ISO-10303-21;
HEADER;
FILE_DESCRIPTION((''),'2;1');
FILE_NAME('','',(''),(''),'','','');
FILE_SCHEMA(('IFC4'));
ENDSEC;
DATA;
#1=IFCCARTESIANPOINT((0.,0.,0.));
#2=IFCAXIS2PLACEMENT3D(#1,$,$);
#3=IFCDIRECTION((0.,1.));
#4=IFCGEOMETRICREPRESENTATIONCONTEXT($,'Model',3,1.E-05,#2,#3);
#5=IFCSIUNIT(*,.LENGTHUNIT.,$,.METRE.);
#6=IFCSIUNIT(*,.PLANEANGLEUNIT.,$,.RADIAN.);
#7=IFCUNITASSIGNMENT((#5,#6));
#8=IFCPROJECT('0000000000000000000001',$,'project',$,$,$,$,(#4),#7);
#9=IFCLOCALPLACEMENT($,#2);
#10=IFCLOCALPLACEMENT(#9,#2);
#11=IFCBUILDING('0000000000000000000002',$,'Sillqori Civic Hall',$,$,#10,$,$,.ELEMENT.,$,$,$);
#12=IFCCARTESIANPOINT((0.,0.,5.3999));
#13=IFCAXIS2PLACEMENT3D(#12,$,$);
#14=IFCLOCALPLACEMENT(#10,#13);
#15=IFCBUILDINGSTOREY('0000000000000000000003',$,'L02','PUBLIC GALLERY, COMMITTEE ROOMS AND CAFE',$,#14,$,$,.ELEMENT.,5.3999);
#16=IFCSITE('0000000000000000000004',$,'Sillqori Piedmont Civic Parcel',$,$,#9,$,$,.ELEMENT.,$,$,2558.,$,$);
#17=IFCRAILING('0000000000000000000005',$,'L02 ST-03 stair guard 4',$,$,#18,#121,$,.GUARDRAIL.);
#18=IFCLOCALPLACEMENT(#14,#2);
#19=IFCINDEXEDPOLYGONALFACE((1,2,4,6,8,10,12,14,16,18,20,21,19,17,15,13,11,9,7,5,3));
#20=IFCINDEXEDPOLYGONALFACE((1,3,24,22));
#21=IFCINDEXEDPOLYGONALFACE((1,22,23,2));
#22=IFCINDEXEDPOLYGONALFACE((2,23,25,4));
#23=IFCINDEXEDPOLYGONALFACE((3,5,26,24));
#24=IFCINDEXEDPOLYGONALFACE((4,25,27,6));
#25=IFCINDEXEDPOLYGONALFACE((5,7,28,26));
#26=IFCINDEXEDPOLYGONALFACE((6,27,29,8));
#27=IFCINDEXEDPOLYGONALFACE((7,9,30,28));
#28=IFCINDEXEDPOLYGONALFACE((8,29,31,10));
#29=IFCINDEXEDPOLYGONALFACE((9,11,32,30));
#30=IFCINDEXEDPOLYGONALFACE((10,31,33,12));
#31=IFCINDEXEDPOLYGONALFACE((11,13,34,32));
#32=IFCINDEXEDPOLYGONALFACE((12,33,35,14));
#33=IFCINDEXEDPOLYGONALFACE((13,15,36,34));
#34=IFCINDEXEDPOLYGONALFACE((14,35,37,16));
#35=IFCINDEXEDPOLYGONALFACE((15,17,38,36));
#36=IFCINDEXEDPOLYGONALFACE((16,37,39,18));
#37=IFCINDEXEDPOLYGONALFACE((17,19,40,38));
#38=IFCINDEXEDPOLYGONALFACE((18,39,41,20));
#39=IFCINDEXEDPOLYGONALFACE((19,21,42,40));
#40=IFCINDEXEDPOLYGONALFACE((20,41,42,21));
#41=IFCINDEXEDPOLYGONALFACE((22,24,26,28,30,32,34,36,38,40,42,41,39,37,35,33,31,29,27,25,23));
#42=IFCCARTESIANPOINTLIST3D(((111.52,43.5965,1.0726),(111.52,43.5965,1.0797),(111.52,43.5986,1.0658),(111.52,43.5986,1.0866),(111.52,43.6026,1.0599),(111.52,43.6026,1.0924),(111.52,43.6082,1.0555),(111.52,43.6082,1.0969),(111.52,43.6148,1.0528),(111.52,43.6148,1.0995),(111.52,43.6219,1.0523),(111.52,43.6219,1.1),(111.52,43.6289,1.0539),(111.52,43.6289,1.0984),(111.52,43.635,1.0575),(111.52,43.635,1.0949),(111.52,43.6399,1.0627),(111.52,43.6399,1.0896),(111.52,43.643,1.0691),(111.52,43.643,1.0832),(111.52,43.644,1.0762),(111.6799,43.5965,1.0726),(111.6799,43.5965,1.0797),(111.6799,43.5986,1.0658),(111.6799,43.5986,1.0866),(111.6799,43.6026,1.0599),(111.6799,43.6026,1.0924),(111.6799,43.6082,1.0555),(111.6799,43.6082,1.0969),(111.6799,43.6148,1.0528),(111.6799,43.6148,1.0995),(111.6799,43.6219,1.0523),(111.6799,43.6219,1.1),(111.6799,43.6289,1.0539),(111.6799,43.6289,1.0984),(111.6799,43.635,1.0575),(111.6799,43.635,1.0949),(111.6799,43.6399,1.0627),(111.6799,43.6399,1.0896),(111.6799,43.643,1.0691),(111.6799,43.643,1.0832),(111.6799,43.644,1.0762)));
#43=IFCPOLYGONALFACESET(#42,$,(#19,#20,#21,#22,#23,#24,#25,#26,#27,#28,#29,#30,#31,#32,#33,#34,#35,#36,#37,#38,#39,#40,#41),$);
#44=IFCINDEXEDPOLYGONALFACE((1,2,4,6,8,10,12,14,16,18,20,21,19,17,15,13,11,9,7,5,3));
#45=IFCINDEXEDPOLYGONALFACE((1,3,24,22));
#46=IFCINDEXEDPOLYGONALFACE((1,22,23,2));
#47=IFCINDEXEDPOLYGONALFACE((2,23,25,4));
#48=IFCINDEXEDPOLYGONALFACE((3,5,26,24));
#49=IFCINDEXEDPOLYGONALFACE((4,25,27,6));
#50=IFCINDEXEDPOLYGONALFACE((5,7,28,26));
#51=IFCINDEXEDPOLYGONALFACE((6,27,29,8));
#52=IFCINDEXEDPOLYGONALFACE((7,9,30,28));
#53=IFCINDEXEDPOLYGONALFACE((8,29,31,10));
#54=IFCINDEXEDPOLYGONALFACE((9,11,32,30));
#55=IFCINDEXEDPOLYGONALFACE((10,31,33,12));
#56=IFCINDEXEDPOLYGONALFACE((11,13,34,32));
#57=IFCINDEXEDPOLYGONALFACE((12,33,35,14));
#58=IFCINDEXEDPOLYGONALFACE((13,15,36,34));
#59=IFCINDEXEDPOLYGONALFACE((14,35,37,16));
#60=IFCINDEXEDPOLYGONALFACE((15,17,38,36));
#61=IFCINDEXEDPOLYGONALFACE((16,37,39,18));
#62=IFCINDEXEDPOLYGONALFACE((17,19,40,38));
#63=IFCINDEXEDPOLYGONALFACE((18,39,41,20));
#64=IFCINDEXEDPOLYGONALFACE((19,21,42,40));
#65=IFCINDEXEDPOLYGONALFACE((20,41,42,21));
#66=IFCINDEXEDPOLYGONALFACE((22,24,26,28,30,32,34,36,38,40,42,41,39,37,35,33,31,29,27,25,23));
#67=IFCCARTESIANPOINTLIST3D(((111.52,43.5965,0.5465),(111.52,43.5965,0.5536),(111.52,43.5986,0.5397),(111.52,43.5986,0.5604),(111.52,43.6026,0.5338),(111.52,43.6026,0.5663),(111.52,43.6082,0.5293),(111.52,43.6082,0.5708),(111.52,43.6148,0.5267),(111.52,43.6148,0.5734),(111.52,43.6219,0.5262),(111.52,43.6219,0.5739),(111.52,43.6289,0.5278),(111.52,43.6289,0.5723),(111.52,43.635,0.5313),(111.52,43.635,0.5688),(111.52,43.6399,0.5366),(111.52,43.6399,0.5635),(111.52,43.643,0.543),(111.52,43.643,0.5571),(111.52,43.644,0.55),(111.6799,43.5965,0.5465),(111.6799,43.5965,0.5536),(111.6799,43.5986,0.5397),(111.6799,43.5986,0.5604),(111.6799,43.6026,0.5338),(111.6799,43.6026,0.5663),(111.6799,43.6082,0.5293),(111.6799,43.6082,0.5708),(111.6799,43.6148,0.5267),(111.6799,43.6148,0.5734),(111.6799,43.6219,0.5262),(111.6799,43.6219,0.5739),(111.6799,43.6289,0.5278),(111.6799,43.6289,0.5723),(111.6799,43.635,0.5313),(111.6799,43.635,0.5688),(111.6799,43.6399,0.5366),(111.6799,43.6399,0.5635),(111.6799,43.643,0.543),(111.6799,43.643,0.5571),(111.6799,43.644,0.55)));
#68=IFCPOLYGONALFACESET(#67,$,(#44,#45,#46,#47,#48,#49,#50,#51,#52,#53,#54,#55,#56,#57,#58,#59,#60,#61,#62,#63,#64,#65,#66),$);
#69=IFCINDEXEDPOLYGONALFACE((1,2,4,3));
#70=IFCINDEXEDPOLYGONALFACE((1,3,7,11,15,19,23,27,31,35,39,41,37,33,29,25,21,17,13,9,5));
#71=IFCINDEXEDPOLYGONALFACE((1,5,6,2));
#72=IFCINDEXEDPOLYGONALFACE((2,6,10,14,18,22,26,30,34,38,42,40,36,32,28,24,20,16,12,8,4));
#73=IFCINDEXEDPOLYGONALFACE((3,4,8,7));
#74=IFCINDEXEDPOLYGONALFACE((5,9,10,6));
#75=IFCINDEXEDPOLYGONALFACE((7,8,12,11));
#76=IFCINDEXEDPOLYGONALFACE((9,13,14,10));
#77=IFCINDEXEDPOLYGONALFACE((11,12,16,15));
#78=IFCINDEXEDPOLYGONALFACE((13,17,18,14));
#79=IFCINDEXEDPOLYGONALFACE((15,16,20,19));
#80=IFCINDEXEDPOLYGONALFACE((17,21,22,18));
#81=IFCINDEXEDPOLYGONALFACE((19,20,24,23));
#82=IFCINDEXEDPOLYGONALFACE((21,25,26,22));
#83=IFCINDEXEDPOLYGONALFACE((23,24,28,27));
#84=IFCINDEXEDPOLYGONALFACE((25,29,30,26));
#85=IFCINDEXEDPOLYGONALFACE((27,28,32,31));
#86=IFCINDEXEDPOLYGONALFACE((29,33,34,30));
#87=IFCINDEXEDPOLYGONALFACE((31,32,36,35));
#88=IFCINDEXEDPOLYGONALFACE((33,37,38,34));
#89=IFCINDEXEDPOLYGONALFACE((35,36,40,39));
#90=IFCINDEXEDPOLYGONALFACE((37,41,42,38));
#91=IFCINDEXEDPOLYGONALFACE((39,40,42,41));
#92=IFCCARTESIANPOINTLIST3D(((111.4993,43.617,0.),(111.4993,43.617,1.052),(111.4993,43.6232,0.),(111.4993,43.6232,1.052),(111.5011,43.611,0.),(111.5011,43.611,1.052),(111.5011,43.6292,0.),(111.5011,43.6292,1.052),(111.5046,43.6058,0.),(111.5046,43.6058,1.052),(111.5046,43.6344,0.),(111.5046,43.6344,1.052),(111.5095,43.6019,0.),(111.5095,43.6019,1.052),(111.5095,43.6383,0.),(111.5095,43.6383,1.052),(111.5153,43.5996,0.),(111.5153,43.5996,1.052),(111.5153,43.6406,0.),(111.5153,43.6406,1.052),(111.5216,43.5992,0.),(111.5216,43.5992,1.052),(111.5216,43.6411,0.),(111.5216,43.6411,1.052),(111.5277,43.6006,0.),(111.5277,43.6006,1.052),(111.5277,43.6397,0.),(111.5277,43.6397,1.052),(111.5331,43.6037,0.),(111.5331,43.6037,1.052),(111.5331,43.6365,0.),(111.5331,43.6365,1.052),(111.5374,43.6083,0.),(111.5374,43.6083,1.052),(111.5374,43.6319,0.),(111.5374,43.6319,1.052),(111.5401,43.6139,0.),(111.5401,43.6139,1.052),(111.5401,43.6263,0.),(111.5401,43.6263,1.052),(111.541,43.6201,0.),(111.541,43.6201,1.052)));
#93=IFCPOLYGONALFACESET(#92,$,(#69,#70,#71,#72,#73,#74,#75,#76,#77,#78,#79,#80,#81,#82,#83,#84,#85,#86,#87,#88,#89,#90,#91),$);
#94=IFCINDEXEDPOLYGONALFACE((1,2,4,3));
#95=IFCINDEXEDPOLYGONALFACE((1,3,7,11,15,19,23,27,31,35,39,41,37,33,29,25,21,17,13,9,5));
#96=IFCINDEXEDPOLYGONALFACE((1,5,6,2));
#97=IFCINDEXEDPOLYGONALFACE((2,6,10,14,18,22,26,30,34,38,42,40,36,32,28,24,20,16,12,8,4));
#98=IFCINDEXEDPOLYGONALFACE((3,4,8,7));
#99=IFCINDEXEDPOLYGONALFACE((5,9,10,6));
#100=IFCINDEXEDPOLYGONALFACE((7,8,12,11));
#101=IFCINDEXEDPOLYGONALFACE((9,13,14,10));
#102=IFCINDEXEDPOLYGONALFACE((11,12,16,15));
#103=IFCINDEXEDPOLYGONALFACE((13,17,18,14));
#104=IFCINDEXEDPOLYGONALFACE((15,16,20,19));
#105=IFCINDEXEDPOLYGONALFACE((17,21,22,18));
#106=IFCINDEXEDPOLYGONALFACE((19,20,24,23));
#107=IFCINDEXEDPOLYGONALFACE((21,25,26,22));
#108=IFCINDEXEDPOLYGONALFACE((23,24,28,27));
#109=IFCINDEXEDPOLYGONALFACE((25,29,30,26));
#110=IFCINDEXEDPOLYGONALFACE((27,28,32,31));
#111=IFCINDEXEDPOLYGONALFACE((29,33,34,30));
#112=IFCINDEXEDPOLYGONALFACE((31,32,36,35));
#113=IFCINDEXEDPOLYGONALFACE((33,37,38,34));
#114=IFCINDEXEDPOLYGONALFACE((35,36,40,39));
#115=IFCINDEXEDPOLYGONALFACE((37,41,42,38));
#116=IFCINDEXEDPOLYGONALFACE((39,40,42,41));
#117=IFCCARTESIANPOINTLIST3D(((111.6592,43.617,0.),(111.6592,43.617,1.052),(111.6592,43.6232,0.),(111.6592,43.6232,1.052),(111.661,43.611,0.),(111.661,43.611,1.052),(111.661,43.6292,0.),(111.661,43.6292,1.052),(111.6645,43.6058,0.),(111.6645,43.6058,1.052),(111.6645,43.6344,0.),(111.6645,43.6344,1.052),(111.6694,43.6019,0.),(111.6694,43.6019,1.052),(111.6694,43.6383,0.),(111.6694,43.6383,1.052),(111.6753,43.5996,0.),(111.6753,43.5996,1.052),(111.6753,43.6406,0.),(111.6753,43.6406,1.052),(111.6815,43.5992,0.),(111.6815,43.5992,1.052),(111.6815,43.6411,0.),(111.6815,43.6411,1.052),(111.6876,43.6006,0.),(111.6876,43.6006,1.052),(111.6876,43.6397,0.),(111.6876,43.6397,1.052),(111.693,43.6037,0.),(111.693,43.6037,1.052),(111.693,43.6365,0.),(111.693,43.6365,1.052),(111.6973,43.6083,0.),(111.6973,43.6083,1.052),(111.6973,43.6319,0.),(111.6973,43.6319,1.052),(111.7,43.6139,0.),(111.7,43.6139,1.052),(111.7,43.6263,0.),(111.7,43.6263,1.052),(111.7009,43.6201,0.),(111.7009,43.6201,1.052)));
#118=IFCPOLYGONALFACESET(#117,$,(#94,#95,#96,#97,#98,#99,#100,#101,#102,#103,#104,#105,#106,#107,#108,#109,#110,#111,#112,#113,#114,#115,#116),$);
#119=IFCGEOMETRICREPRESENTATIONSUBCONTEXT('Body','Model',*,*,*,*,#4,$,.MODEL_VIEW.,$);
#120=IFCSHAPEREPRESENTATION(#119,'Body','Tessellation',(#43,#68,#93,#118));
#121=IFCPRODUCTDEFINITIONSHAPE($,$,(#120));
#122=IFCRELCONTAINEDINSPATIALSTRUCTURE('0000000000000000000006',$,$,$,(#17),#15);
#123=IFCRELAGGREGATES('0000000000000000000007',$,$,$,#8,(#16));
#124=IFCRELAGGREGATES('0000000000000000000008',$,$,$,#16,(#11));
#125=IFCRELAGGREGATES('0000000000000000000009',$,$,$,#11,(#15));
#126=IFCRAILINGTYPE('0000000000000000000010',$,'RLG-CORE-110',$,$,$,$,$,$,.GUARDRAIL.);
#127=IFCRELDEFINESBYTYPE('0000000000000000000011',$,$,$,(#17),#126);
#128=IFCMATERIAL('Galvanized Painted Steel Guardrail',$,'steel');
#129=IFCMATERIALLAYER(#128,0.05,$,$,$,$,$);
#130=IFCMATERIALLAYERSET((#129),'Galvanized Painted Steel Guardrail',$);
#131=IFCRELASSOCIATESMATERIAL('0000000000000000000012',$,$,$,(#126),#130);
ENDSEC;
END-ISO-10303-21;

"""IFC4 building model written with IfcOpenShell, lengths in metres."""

from ifc_helpers import new_model, si_unit, direction, frame, origin, origin_2d, place, context, subcontext, project, spatial, circle, extrude, material, layer, layer_set, type_object, element, save


model = new_model("IFC4")

# Units and contexts
model_context = context("Model", 3, precision=1e-05, world=origin(), true_north=direction((0.0, 1.0)))
body_context = subcontext(model_context, "Body", "Model", "MODEL_VIEW")
ifc_project = project(units=[si_unit("LENGTHUNIT", "METRE"), si_unit("PLANEANGLEUNIT", "RADIAN")], contexts=[model_context])

# Site, building, storey
site_placement = place(None, origin())
site = spatial("IfcSite", under=ifc_project, at=site_placement, Name="Sillqori Piedmont Civic Parcel", CompositionType="ELEMENT", RefElevation=2558.0)
building_placement = place(site_placement, origin())
building = spatial("IfcBuilding", under=site, at=building_placement, Name="Sillqori Civic Hall", CompositionType="ELEMENT")
storey_placement = place(building_placement, frame((0.0, 0.0, 5.3999)))
storey = spatial("IfcBuildingStorey", under=building, at=storey_placement, Name="L02", Description="PUBLIC GALLERY, COMMITTEE ROOMS AND CAFE", CompositionType="ELEMENT", Elevation=5.3999)

# Railing
ifc_material_1 = material(Name="Galvanized Painted Steel Guardrail", Category="steel")
ifc_layer_1 = layer(ifc_material_1, 0.05)
ifc_layer_set_1 = layer_set([ifc_layer_1], Name="Galvanized Painted Steel Guardrail")
railing_type_1 = type_object("IfcRailingType", Name="RLG-CORE-110", PredefinedType="GUARDRAIL", material=ifc_layer_set_1)
railing_1_placement = place(storey_placement, frame((111.52, 43.6201, 0.0)))
element("IfcRailing", 1, at=railing_1_placement, inside=storey, type_object=railing_type_1, Name="L02 ST-03 stair guard 4", PredefinedType="GUARDRAIL", context=body_context, shape_type="SweptSolid", body=[
    extrude(circle(Radius=0.0239, at=origin_2d()), frame((0.0, 0.0, 1.0762), z_axis=(1.0, 0.0, 0.0), x_axis=(0.0, 1.0, 0.0)), (0.0, 0.0, 1.0), 0.1599),
    extrude(circle(Radius=0.0239, at=origin_2d()), frame((0.0, 0.0, 0.55), z_axis=(1.0, 0.0, 0.0), x_axis=(0.0, 1.0, 0.0)), (0.0, 0.0, 1.0), 0.1599),
    extrude(circle(Radius=0.021, at=origin_2d()), origin(), (0.0, 0.0, 1.0), 1.052),
    extrude(circle(Radius=0.021, at=origin_2d()), frame((0.1599, 0.0, 0.0)), (0.0, 0.0, 1.0), 1.052),
])

save(model, "model.ifc")
